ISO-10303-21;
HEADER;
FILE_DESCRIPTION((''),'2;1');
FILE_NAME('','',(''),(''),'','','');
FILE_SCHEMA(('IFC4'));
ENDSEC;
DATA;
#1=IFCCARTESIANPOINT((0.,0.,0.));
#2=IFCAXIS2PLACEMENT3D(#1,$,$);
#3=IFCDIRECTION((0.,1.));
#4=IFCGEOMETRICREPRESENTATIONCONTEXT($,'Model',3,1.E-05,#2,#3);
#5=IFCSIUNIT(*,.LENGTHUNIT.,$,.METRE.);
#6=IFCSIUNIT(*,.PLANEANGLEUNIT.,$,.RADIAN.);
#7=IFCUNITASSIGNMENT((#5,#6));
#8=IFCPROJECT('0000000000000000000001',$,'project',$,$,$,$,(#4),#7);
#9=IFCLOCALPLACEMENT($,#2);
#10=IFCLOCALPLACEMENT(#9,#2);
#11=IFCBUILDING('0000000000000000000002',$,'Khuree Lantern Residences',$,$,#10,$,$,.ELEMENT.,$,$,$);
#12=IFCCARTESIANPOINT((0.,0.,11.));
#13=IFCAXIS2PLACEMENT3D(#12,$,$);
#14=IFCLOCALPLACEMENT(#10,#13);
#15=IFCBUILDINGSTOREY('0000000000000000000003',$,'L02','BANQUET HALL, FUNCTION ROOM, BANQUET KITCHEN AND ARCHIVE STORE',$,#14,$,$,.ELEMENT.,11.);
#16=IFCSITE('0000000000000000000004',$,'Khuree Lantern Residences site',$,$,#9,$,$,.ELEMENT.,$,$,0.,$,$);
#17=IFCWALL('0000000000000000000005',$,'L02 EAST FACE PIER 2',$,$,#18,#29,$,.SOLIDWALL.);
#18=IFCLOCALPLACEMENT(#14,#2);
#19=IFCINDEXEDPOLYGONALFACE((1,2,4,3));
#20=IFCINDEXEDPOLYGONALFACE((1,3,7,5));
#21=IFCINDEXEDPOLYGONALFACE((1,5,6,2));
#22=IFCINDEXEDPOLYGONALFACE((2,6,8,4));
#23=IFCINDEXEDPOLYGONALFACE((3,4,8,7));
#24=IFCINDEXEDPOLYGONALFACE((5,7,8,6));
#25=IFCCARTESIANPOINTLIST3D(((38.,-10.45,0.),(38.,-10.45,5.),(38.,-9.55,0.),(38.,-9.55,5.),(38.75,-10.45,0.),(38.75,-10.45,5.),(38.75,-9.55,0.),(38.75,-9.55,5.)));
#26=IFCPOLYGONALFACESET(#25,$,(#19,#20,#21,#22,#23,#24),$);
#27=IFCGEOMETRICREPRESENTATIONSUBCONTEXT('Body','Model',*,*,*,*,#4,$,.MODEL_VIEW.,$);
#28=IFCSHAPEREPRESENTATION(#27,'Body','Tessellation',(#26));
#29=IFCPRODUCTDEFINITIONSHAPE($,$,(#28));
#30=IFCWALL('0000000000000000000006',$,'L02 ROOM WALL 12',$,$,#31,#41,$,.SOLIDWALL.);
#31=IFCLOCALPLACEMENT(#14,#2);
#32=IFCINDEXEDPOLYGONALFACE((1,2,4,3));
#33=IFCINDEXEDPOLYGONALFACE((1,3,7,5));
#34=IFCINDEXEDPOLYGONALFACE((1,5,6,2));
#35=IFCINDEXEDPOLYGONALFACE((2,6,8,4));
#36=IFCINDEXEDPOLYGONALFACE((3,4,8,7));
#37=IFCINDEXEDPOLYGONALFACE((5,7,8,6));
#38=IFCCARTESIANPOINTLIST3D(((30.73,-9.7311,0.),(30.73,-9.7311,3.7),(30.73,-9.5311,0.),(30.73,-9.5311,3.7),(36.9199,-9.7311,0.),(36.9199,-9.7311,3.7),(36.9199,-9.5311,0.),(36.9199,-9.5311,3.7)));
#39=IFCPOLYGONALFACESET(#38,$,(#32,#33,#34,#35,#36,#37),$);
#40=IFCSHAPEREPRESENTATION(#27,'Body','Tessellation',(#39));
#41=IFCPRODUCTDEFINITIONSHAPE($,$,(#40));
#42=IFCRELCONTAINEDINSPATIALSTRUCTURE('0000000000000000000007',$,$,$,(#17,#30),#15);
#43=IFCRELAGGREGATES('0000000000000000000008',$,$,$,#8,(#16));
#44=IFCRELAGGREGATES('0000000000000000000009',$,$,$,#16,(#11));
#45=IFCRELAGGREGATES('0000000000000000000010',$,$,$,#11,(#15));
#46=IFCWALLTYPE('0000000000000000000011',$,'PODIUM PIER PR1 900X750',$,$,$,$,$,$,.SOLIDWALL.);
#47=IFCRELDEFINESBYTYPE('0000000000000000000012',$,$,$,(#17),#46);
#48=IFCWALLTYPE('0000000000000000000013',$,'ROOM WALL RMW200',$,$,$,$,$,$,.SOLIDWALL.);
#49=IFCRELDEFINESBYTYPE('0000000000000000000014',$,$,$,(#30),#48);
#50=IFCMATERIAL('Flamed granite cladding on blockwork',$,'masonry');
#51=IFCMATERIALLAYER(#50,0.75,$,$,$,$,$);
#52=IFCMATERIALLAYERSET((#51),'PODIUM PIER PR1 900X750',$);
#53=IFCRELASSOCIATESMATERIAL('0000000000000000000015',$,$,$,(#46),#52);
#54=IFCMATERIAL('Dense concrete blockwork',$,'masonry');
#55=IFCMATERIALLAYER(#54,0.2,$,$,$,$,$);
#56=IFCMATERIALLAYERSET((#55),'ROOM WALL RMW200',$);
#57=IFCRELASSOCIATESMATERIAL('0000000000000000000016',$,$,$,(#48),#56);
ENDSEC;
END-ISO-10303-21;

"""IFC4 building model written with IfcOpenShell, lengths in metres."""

from ifc_helpers import new_model, si_unit, direction, frame, frame_2d, origin, place, context, subcontext, project, spatial, rectangle, extrude, material, layer, layer_set, type_object, element, save


model = new_model("IFC4")

# Units and contexts
model_context = context("Model", 3, precision=1e-05, world=origin(), true_north=direction((0.0, 1.0)))
body_context = subcontext(model_context, "Body", "Model", "MODEL_VIEW")
ifc_project = project(units=[si_unit("LENGTHUNIT", "METRE"), si_unit("PLANEANGLEUNIT", "RADIAN")], contexts=[model_context])

# Site, building, storey
site_placement = place(None, origin())
site = spatial("IfcSite", under=ifc_project, at=site_placement, Name="Khuree Lantern Residences site", CompositionType="ELEMENT", RefElevation=0.0)
building_placement = place(site_placement, origin())
building = spatial("IfcBuilding", under=site, at=building_placement, Name="Khuree Lantern Residences", CompositionType="ELEMENT")
storey_placement = place(building_placement, frame((0.0, 0.0, 11.0)))
storey = spatial("IfcBuildingStorey", under=building, at=storey_placement, Name="L02", Description="BANQUET HALL, FUNCTION ROOM, BANQUET KITCHEN AND ARCHIVE STORE", CompositionType="ELEMENT", Elevation=11.0)

# Walls
ifc_material_1 = material(Name="Flamed granite cladding on blockwork", Category="masonry")
ifc_layer_1 = layer(ifc_material_1, 0.75)
ifc_layer_set_1 = layer_set([ifc_layer_1], Name="PODIUM PIER PR1 900X750")
wall_type_1 = type_object("IfcWallType", Name="PODIUM PIER PR1 900X750", PredefinedType="SOLIDWALL", material=ifc_layer_set_1)
wall_1_placement = place(storey_placement, frame((38.375, -10.45, 0.0), z_axis=(0.0, 0.0, 1.0), x_axis=(0.0, 1.0, 0.0)))
element("IfcWall", 1, at=wall_1_placement, inside=storey, type_object=wall_type_1, Name="L02 EAST FACE PIER 2", PredefinedType="SOLIDWALL", context=body_context, shape_type="SweptSolid", body=[
    extrude(rectangle(XDim=0.8999, YDim=0.75, at=frame_2d((0.45, 0.0))), origin(), (0.0, 0.0, 1.0), 5.0),
])
ifc_material_2 = material(Name="Dense concrete blockwork", Category="masonry")
ifc_layer_2 = layer(ifc_material_2, 0.2)
ifc_layer_set_2 = layer_set([ifc_layer_2], Name="ROOM WALL RMW200")
wall_type_2 = type_object("IfcWallType", Name="ROOM WALL RMW200", PredefinedType="SOLIDWALL", material=ifc_layer_set_2)
wall_2_placement = place(storey_placement, frame((30.73, -9.6311, 0.0), z_axis=(0.0, 0.0, 1.0), x_axis=(1.0, 0.0, 0.0)))
element("IfcWall", 2, at=wall_2_placement, inside=storey, type_object=wall_type_2, Name="L02 ROOM WALL 12", PredefinedType="SOLIDWALL", context=body_context, shape_type="SweptSolid", body=[
    extrude(rectangle(XDim=6.1899, YDim=0.2, at=frame_2d((3.095, 0.0))), origin(), (0.0, 0.0, 1.0), 3.7),
])

save(model, "model.ifc")
